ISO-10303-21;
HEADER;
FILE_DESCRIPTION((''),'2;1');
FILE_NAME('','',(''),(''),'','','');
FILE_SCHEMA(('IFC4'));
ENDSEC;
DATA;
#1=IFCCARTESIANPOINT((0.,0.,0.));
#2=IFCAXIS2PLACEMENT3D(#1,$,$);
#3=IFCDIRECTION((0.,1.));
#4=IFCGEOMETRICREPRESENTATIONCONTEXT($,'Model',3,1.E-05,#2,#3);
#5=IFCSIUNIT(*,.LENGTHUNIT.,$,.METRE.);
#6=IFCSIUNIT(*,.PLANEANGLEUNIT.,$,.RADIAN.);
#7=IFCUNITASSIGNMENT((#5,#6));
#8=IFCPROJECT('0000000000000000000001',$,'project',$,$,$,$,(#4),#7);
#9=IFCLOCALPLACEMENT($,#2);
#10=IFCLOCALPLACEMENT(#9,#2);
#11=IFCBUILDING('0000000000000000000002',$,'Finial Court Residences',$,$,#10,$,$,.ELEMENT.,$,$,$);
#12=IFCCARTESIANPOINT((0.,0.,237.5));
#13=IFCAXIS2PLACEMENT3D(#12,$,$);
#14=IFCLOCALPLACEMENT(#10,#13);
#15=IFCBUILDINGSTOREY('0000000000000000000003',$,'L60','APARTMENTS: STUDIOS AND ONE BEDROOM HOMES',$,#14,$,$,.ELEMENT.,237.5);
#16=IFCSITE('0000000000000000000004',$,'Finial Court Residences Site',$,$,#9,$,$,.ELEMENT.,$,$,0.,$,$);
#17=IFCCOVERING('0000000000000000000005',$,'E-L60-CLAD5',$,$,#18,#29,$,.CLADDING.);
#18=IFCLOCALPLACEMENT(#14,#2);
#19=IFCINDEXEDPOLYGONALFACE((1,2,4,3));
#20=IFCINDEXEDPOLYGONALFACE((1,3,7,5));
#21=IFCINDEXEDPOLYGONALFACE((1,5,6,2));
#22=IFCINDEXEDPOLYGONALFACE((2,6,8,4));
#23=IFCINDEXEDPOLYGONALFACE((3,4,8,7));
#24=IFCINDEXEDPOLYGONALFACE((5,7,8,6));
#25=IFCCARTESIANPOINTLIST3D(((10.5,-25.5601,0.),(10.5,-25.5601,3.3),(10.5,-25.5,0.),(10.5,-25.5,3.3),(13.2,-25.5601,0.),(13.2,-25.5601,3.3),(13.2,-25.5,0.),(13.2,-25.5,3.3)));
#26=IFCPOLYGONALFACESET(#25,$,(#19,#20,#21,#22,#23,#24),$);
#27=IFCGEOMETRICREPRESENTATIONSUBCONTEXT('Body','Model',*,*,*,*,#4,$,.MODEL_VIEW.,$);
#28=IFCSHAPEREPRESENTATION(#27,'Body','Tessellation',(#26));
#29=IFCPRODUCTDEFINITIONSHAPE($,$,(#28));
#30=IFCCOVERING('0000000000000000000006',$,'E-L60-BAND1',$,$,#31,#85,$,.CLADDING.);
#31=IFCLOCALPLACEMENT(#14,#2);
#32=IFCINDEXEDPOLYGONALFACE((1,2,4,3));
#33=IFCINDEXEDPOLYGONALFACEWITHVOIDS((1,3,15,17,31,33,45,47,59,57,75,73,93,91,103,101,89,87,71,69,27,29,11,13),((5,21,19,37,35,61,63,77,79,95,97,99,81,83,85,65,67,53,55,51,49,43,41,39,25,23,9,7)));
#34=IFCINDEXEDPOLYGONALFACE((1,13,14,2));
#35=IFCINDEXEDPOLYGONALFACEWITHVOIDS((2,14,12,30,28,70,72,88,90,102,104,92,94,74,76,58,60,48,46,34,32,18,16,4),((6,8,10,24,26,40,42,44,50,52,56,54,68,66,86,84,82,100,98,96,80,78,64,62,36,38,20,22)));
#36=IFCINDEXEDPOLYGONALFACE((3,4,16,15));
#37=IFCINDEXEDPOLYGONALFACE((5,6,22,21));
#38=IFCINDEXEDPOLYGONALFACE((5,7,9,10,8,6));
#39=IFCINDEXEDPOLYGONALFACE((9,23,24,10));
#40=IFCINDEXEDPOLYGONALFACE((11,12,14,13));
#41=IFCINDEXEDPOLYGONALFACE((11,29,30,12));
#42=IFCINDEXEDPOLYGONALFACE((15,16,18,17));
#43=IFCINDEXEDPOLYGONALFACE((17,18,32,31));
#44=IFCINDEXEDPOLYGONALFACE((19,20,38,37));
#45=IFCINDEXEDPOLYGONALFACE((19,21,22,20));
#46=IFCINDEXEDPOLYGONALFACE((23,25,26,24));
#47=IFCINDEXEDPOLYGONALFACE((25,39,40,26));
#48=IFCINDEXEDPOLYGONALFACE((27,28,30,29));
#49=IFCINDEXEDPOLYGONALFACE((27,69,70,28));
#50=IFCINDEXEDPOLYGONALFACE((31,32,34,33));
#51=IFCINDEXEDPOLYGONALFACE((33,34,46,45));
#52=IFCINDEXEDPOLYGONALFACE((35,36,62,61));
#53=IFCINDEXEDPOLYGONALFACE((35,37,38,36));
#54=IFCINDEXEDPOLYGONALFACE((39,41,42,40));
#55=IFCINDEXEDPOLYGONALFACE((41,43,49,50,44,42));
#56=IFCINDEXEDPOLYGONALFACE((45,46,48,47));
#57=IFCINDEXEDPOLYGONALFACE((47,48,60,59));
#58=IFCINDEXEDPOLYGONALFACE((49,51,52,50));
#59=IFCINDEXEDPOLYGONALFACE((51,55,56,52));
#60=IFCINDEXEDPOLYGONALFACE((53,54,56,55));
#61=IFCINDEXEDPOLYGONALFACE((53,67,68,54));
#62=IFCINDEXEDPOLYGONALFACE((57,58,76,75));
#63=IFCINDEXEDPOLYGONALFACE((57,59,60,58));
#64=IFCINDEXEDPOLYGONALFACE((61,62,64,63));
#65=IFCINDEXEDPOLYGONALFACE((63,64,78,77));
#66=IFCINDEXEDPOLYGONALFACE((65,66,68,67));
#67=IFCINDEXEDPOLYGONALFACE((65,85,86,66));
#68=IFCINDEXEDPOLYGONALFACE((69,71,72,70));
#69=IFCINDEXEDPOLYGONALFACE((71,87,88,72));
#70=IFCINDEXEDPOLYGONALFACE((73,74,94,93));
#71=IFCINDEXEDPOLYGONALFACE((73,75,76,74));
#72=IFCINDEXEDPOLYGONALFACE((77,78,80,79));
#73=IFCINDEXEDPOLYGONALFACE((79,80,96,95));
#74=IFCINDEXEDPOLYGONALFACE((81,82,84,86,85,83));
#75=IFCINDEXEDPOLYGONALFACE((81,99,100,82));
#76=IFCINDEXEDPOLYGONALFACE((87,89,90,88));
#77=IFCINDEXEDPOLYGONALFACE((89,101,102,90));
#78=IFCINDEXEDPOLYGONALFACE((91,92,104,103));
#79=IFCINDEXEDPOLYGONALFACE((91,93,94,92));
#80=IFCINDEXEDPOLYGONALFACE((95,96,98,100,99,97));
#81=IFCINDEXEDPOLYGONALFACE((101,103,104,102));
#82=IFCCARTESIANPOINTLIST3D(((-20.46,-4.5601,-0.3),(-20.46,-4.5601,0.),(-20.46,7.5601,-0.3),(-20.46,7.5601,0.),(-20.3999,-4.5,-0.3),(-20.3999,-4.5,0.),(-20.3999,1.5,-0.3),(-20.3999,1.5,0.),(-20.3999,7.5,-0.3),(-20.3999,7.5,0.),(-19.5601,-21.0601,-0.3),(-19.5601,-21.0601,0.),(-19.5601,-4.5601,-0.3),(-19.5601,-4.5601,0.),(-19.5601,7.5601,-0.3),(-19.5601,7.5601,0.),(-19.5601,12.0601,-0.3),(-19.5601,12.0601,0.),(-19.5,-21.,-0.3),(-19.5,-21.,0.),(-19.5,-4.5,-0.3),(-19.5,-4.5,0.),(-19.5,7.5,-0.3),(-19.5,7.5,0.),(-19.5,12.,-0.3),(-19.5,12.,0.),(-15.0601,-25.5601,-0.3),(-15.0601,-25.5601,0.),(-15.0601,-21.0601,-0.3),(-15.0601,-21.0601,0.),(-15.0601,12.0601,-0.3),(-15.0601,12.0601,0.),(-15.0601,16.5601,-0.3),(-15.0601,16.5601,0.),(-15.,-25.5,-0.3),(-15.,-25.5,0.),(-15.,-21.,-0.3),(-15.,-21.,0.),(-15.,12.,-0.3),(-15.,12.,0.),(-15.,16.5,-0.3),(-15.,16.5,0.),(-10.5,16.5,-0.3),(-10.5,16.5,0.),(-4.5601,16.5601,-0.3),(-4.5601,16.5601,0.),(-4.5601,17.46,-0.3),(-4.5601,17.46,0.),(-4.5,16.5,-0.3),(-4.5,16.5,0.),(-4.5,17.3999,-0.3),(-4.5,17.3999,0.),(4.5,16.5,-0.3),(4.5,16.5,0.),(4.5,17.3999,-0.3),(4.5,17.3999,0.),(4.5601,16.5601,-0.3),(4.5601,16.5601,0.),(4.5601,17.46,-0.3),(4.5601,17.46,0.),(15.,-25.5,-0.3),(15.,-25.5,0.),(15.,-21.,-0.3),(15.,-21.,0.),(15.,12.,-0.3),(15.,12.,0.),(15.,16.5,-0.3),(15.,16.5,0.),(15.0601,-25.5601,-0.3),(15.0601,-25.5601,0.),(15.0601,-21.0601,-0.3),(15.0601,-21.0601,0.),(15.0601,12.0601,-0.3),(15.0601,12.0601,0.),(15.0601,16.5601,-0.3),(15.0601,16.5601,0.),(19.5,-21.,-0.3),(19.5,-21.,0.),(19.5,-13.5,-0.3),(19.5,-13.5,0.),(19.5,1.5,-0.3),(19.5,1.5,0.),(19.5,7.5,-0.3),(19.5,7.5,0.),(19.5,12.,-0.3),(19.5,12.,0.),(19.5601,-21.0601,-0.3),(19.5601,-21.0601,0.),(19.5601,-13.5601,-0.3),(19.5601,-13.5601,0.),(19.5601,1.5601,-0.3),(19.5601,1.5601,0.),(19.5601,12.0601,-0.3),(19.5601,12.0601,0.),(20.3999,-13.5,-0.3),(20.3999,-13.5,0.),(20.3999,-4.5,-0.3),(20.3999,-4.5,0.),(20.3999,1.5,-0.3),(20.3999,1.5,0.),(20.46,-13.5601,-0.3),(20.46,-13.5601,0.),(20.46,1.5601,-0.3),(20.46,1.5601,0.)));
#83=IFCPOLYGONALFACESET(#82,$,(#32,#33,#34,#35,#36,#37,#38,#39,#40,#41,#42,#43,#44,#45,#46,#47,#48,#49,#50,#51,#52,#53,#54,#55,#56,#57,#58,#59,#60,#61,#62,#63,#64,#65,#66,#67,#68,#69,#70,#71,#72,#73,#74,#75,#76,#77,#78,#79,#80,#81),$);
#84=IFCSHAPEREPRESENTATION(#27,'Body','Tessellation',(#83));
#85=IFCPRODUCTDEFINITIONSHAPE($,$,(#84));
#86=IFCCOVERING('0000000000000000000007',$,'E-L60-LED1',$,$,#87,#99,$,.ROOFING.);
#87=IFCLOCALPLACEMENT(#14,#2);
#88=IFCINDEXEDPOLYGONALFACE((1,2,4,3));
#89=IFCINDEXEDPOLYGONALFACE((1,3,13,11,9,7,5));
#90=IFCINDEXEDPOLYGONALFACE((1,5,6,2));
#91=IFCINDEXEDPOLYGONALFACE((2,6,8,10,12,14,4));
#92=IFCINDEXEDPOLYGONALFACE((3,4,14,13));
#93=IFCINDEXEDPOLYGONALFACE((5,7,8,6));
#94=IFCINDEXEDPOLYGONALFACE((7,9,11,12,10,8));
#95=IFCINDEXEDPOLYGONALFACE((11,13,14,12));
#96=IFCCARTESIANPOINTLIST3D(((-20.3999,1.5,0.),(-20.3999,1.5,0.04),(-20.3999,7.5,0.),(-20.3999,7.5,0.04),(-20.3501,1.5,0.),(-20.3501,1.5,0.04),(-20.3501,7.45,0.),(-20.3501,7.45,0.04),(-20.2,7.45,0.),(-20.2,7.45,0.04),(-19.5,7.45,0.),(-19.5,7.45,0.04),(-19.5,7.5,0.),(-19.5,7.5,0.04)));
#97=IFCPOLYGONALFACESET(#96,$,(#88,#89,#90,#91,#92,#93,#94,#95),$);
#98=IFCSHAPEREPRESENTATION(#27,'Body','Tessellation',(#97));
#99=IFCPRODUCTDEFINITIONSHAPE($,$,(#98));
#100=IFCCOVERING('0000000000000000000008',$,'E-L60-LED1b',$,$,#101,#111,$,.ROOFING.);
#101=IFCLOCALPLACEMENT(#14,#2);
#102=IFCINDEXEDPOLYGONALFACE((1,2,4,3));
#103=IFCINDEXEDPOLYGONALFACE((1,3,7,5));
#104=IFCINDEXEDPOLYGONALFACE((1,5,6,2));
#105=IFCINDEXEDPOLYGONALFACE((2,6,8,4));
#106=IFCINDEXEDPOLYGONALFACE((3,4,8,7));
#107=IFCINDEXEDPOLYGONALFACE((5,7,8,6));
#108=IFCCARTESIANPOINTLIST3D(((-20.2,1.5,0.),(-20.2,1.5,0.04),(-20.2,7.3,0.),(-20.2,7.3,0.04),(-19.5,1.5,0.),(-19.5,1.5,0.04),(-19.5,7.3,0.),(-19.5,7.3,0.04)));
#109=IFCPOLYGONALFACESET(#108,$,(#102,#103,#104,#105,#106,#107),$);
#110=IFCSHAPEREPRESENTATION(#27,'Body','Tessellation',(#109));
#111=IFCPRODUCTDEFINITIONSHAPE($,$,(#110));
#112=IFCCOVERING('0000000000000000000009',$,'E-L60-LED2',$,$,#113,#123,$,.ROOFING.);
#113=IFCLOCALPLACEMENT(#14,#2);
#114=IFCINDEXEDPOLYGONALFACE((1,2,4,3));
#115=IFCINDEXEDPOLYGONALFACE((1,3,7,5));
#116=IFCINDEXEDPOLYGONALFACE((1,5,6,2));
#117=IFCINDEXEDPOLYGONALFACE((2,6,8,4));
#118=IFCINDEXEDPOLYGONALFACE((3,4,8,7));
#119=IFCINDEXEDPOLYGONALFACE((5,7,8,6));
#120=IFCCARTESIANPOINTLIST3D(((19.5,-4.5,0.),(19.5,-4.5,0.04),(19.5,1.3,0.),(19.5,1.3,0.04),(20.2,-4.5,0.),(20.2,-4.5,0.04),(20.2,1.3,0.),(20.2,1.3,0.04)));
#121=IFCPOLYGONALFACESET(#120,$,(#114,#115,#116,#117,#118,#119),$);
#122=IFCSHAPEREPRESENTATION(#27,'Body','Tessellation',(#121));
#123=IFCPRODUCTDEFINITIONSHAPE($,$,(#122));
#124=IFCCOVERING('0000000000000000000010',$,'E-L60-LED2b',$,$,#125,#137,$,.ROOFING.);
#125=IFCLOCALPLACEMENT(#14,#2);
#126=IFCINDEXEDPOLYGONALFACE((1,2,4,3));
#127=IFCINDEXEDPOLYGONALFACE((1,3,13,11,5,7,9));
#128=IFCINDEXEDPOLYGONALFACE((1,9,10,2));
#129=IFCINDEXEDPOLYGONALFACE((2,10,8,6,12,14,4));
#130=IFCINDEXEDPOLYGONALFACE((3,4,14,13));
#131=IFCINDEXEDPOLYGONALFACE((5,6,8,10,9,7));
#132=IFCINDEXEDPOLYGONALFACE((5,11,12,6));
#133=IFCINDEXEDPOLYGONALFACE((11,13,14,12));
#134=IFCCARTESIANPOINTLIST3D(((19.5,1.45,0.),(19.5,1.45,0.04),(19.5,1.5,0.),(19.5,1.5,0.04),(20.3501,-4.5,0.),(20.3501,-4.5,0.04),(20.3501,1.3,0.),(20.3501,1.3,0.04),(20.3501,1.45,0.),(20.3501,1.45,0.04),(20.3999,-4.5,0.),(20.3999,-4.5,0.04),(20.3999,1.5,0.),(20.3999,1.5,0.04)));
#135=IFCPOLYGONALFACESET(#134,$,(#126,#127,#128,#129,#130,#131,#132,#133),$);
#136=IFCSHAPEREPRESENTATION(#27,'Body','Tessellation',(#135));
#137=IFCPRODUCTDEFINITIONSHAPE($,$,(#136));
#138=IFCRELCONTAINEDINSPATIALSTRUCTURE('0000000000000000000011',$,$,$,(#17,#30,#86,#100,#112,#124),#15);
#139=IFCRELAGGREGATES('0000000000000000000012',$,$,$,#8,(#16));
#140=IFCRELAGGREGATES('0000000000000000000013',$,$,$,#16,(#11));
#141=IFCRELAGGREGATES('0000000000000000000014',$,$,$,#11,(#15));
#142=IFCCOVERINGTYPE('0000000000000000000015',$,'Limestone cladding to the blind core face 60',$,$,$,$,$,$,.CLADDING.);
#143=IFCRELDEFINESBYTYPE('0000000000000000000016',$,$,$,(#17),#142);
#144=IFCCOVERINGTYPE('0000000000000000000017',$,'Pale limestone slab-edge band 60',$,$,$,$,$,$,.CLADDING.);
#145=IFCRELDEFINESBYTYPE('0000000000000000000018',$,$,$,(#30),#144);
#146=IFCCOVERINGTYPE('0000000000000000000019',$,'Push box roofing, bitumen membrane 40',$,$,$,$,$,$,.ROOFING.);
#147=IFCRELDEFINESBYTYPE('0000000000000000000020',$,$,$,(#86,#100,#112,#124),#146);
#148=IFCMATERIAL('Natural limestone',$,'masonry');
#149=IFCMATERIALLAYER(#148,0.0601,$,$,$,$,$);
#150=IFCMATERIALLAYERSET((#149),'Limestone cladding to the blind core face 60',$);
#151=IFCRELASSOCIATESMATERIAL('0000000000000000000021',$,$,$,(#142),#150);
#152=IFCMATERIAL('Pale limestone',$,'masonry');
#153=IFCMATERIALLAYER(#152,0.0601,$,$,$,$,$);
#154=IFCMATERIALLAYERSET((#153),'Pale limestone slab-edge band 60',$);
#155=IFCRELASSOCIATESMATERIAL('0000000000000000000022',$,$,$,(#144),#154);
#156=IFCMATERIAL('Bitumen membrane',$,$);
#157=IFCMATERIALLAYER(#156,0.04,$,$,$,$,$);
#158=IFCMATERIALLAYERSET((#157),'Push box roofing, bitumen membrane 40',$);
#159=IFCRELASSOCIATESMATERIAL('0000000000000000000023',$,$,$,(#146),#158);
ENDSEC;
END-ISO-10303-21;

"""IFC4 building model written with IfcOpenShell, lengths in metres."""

from ifc_helpers import new_model, si_unit, direction, frame, origin, place, context, subcontext, project, spatial, polyline, outline, extrude, material, layer, layer_set, type_object, element, save


model = new_model("IFC4")

# Units and contexts
model_context = context("Model", 3, precision=1e-05, world=origin(), true_north=direction((0.0, 1.0)))
body_context = subcontext(model_context, "Body", "Model", "MODEL_VIEW")
ifc_project = project(units=[si_unit("LENGTHUNIT", "METRE"), si_unit("PLANEANGLEUNIT", "RADIAN")], contexts=[model_context])

# Site, building, storey
site_placement = place(None, origin())
site = spatial("IfcSite", under=ifc_project, at=site_placement, Name="Finial Court Residences Site", CompositionType="ELEMENT", RefElevation=0.0)
building_placement = place(site_placement, origin())
building = spatial("IfcBuilding", under=site, at=building_placement, Name="Finial Court Residences", CompositionType="ELEMENT")
storey_placement = place(building_placement, frame((0.0, 0.0, 237.5)))
storey = spatial("IfcBuildingStorey", under=building, at=storey_placement, Name="L60", Description="APARTMENTS: STUDIOS AND ONE BEDROOM HOMES", CompositionType="ELEMENT", Elevation=237.5)

# Coverings
ifc_material_1 = material(Name="Natural limestone", Category="masonry")
ifc_layer_1 = layer(ifc_material_1, 0.0601)
ifc_layer_set_1 = layer_set([ifc_layer_1], Name="Limestone cladding to the blind core face 60")
covering_type_1 = type_object("IfcCoveringType", Name="Limestone cladding to the blind core face 60", PredefinedType="CLADDING", material=ifc_layer_set_1)
covering_1_placement = place(storey_placement, origin())
element("IfcCovering", 1, at=covering_1_placement, inside=storey, type_object=covering_type_1, Name="E-L60-CLAD5", PredefinedType="CLADDING", context=body_context, shape_type="SweptSolid", body=[
    extrude(outline(polyline([(13.2, -25.5601), (13.2, -25.5), (10.5, -25.5), (10.5, -25.5601), (13.2, -25.5601)])), origin(), (0.0, 0.0, 1.0), 3.3),
])
ifc_material_2 = material(Name="Pale limestone", Category="masonry")
ifc_layer_2 = layer(ifc_material_2, 0.0601)
ifc_layer_set_2 = layer_set([ifc_layer_2], Name="Pale limestone slab-edge band 60")
covering_type_2 = type_object("IfcCoveringType", Name="Pale limestone slab-edge band 60", PredefinedType="CLADDING", material=ifc_layer_set_2)
covering_2_placement = place(storey_placement, frame((0.0, 0.0, -0.3)))
element("IfcCovering", 2, at=covering_2_placement, inside=storey, type_object=covering_type_2, Name="E-L60-BAND1", PredefinedType="CLADDING", context=body_context, shape_type="SweptSolid", body=[
    extrude(outline(polyline([(15.0601, -25.5601), (-15.0601, -25.5601), (-15.0601, -21.0601), (-19.5601, -21.0601), (-19.5601, -4.5601), (-20.46, -4.5601), (-20.46, 7.5601), (-19.5601, 7.5601), (-19.5601, 12.0601), (-15.0601, 12.0601), (-15.0601, 16.5601), (-4.5601, 16.5601), (-4.5601, 17.46), (4.5601, 17.46), (4.5601, 16.5601), (15.0601, 16.5601), (15.0601, 12.0601), (19.5601, 12.0601), (19.5601, 1.5601), (20.46, 1.5601), (20.46, -13.5601), (19.5601, -13.5601), (19.5601, -21.0601), (15.0601, -21.0601), (15.0601, -25.5601)]), holes=[polyline([(19.5, -21.0), (19.5, -13.5), (20.3999, -13.5), (20.3999, -4.5), (20.3999, 1.5), (19.5, 1.5), (19.5, 7.5), (19.5, 12.0), (15.0, 12.0), (15.0, 16.5), (4.5, 16.5), (4.5, 17.3999), (-4.5, 17.3999), (-4.5, 16.5), (-10.5, 16.5), (-15.0, 16.5), (-15.0, 12.0), (-19.5, 12.0), (-19.5, 7.5), (-20.3999, 7.5), (-20.3999, 1.5), (-20.3999, -4.5), (-19.5, -4.5), (-19.5, -21.0), (-15.0, -21.0), (-15.0, -25.5), (15.0, -25.5), (15.0, -21.0), (19.5, -21.0)])]), origin(), (0.0, 0.0, 1.0), 0.3),
])
ifc_material_3 = material(Name="Bitumen membrane")
ifc_layer_3 = layer(ifc_material_3, 0.04)
ifc_layer_set_3 = layer_set([ifc_layer_3], Name="Push box roofing, bitumen membrane 40")
covering_type_3 = type_object("IfcCoveringType", Name="Push box roofing, bitumen membrane 40", PredefinedType="ROOFING", material=ifc_layer_set_3)
covering_3_placement = place(storey_placement, origin())
element("IfcCovering", 3, at=covering_3_placement, inside=storey, type_object=covering_type_3, Name="E-L60-LED1", PredefinedType="ROOFING", context=body_context, shape_type="SweptSolid", body=[
    extrude(outline(polyline([(-19.5, 7.45), (-20.2, 7.45), (-20.3501, 7.45), (-20.3501, 1.5), (-20.3999, 1.5), (-20.3999, 7.5), (-19.5, 7.5), (-19.5, 7.45)])), origin(), (0.0, 0.0, 1.0), 0.04),
])
covering_4_placement = place(storey_placement, origin())
element("IfcCovering", 4, at=covering_4_placement, inside=storey, type_object=covering_type_3, Name="E-L60-LED1b", PredefinedType="ROOFING", context=body_context, shape_type="SweptSolid", body=[
    extrude(outline(polyline([(-19.5, 1.5), (-20.2, 1.5), (-20.2, 7.3), (-19.5, 7.3), (-19.5, 1.5)])), origin(), (0.0, 0.0, 1.0), 0.04),
])
covering_5_placement = place(storey_placement, origin())
element("IfcCovering", 5, at=covering_5_placement, inside=storey, type_object=covering_type_3, Name="E-L60-LED2", PredefinedType="ROOFING", context=body_context, shape_type="SweptSolid", body=[
    extrude(outline(polyline([(19.5, 1.3), (20.2, 1.3), (20.2, -4.5), (19.5, -4.5), (19.5, 1.3)])), origin(), (0.0, 0.0, 1.0), 0.04),
])
covering_6_placement = place(storey_placement, origin())
element("IfcCovering", 6, at=covering_6_placement, inside=storey, type_object=covering_type_3, Name="E-L60-LED2b", PredefinedType="ROOFING", context=body_context, shape_type="SweptSolid", body=[
    extrude(outline(polyline([(19.5, 1.5), (20.3999, 1.5), (20.3999, -4.5), (20.3501, -4.5), (20.3501, 1.3), (20.3501, 1.3), (20.3501, 1.45), (19.5, 1.45), (19.5, 1.5)])), origin(), (0.0, 0.0, 1.0), 0.04),
])

save(model, "model.ifc")
